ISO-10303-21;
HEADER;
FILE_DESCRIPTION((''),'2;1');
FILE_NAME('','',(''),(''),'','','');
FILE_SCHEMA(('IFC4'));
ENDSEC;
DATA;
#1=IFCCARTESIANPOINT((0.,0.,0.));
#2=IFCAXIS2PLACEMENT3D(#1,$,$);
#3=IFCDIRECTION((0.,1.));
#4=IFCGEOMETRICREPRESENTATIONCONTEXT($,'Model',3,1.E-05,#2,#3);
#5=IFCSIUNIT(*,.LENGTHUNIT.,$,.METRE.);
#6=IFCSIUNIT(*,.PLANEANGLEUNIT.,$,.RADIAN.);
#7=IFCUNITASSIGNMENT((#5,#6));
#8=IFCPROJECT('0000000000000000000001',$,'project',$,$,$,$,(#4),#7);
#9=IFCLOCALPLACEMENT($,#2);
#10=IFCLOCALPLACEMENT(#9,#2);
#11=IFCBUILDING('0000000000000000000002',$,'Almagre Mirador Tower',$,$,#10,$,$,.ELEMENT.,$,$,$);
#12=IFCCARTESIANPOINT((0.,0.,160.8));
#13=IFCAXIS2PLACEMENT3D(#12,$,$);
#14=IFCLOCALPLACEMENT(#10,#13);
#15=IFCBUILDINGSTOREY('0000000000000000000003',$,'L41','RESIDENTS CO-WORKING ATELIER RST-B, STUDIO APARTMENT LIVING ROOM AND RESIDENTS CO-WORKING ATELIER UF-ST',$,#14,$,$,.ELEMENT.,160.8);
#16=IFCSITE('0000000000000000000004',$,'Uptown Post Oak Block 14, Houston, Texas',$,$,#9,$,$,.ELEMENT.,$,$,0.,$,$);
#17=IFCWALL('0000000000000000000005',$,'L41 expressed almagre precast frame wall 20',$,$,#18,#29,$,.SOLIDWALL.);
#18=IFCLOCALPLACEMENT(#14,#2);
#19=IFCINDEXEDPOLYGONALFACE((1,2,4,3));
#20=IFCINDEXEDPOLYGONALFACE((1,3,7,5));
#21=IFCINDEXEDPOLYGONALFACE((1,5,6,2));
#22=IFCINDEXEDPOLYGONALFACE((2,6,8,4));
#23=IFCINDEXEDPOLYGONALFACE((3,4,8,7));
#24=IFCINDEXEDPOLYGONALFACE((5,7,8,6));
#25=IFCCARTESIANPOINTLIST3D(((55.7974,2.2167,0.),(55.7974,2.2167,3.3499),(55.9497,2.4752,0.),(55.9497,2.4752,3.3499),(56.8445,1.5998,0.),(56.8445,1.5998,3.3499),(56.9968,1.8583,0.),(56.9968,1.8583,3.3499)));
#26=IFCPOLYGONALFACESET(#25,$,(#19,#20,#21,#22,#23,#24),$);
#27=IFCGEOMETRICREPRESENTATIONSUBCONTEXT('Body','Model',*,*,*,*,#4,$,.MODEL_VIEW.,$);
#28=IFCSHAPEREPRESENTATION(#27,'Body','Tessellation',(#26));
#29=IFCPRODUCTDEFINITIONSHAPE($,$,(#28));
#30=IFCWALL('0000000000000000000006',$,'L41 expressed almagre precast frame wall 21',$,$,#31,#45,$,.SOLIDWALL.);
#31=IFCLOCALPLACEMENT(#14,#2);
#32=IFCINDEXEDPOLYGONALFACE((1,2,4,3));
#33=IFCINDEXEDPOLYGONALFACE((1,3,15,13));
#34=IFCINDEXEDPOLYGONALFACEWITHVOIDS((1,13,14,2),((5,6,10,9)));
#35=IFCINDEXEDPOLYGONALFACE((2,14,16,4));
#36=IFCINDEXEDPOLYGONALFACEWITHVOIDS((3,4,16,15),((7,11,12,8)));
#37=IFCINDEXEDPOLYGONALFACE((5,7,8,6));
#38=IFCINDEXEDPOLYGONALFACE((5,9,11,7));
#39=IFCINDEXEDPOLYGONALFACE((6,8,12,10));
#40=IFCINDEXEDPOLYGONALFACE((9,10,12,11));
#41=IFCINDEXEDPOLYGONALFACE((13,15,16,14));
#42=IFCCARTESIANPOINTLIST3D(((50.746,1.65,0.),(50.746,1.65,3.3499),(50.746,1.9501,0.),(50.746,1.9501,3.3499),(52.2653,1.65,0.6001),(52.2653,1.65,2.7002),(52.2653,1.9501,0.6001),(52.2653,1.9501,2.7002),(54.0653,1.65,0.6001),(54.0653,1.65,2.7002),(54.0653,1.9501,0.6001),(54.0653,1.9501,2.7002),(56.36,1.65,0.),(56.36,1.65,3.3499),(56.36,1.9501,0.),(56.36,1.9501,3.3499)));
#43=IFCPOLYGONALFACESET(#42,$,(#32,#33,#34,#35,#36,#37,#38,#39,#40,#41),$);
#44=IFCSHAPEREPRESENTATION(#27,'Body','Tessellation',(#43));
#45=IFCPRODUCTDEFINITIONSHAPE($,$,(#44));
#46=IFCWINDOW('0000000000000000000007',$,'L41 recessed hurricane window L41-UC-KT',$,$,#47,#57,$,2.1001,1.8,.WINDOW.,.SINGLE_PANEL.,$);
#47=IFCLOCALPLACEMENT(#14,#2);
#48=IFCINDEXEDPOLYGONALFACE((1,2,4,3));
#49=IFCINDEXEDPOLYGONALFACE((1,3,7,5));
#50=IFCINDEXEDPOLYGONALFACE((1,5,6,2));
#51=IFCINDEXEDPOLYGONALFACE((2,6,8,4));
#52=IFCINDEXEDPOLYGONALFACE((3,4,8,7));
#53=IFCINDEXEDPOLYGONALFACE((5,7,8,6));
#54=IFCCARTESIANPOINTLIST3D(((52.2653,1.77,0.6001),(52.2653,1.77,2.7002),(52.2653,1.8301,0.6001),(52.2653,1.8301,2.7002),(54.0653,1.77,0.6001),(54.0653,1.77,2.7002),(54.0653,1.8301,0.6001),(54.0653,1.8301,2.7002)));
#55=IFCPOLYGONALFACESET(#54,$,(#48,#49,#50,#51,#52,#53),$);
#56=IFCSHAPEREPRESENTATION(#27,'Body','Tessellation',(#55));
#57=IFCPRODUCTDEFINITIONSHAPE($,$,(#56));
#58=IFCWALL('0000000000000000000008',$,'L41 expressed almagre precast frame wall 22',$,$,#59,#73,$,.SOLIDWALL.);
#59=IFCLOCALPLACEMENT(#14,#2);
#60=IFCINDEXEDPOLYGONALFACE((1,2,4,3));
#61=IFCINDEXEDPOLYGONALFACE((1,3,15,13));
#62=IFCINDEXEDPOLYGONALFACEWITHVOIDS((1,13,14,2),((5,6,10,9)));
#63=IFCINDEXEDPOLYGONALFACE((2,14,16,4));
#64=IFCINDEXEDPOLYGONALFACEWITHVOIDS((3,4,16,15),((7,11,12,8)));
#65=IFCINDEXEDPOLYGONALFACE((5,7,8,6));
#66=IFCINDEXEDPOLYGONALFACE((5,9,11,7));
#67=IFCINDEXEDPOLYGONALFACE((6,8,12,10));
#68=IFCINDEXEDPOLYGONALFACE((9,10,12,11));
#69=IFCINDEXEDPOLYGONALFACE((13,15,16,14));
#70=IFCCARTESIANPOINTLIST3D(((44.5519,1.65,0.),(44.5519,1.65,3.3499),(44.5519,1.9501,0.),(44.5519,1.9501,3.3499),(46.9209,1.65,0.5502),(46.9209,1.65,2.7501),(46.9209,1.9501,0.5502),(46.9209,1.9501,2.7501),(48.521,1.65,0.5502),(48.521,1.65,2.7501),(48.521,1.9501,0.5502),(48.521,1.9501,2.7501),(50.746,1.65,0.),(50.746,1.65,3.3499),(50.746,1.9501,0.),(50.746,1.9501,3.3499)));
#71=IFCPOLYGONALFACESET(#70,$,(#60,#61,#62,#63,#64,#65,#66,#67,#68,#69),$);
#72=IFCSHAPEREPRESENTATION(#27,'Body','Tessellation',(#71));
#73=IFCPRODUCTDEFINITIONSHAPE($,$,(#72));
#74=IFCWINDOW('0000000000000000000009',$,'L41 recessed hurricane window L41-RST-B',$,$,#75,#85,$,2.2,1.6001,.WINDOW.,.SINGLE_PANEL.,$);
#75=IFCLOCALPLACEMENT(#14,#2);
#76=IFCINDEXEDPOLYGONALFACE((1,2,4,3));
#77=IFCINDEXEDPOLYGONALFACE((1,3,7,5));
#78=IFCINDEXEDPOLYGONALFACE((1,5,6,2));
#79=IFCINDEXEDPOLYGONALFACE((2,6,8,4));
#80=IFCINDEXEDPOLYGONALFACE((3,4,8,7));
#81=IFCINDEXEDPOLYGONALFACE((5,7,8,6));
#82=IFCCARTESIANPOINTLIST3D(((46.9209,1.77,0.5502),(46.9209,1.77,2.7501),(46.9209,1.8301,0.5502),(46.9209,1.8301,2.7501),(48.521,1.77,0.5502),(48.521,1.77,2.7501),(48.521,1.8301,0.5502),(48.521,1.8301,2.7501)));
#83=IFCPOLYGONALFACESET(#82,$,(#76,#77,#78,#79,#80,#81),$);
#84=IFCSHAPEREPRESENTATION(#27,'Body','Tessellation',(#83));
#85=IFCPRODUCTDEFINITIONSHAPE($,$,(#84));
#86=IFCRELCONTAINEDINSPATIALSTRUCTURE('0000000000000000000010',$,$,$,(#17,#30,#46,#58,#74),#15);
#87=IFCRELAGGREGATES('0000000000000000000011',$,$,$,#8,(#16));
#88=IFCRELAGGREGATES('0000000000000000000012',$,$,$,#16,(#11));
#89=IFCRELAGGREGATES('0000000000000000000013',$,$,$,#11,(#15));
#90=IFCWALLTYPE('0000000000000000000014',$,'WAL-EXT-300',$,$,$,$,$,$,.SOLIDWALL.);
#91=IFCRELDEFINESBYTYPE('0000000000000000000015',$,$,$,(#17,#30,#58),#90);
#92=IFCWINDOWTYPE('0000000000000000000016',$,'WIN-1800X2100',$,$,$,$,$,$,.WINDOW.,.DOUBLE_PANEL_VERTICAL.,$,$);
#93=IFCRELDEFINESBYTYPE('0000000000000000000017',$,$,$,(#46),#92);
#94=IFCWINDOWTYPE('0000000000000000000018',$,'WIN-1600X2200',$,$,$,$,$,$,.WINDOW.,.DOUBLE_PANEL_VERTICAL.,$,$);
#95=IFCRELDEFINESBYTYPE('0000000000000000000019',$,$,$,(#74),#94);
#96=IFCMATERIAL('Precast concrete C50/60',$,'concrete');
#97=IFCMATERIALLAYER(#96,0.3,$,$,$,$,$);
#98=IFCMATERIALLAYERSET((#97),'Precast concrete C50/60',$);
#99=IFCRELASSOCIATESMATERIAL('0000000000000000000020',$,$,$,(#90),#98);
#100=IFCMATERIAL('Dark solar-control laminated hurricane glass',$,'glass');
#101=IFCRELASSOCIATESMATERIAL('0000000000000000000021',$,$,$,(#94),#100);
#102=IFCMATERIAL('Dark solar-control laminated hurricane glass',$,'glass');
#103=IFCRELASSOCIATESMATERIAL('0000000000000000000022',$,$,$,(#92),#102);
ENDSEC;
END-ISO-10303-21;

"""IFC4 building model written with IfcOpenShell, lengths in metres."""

from ifc_helpers import new_model, si_unit, direction, frame, frame_2d, origin, place, context, subcontext, project, spatial, rectangle, extrude, material, layer, layer_set, type_object, element, fill, save


model = new_model("IFC4")

# Units and contexts
model_context = context("Model", 3, precision=1e-05, world=origin(), true_north=direction((0.0, 1.0)))
body_context = subcontext(model_context, "Body", "Model", "MODEL_VIEW")
ifc_project = project(units=[si_unit("LENGTHUNIT", "METRE"), si_unit("PLANEANGLEUNIT", "RADIAN")], contexts=[model_context])

# Site, building, storey
site_placement = place(None, origin())
site = spatial("IfcSite", under=ifc_project, at=site_placement, Name="Uptown Post Oak Block 14, Houston, Texas", CompositionType="ELEMENT", RefElevation=0.0)
building_placement = place(site_placement, origin())
building = spatial("IfcBuilding", under=site, at=building_placement, Name="Almagre Mirador Tower", CompositionType="ELEMENT")
storey_placement = place(building_placement, frame((0.0, 0.0, 160.8)))
storey = spatial("IfcBuildingStorey", under=building, at=storey_placement, Name="L41", Description="RESIDENTS CO-WORKING ATELIER RST-B, STUDIO APARTMENT LIVING ROOM AND RESIDENTS CO-WORKING ATELIER UF-ST", CompositionType="ELEMENT", Elevation=160.8)

# Shared definitions
ifc_material_1 = material(Name="Precast concrete C50/60", Category="concrete")
ifc_layer_1 = layer(ifc_material_1, 0.3)
ifc_layer_set_1 = layer_set([ifc_layer_1], Name="Precast concrete C50/60")
wall_type = type_object("IfcWallType", Name="WAL-EXT-300", PredefinedType="SOLIDWALL", material=ifc_layer_set_1)
ifc_material_2 = material(Name="Dark solar-control laminated hurricane glass", Category="glass")
window_type_1 = type_object("IfcWindowType", Name="WIN-1600X2200", PartitioningType="DOUBLE_PANEL_VERTICAL", PredefinedType="WINDOW", material=ifc_material_2)

# Wall
wall_1_placement = place(storey_placement, frame((55.8735, 2.3459, 0.0), z_axis=(0.0, 0.0, 1.0), x_axis=(0.861578, -0.507626, 0.0)))
element("IfcWall", 1, at=wall_1_placement, inside=storey, type_object=wall_type, Name="L41 expressed almagre precast frame wall 20", PredefinedType="SOLIDWALL", context=body_context, shape_type="SweptSolid", body=[
    extrude(rectangle(XDim=1.2153, YDim=0.3, at=frame_2d((0.6077, 0.0))), origin(), (0.0, 0.0, 1.0), 3.3499),
])

# Walls, openings, windows
wall_2_placement = place(storey_placement, frame((56.3601, 1.8, 0.0), z_axis=(0.0, 0.0, 1.0), x_axis=(-1.0, 0.0, 0.0)))
wall_2 = element("IfcWall", 2, at=wall_2_placement, inside=storey, type_object=wall_type, Name="L41 expressed almagre precast frame wall 21", PredefinedType="SOLIDWALL", context=body_context, shape_type="SweptSolid", body=[
    extrude(rectangle(XDim=5.614, YDim=0.3, at=frame_2d((2.8071, 0.0))), origin(), (0.0, 0.0, 1.0), 3.3499),
])
opening_1_placement = place(wall_2_placement, frame((2.2949, 0.0, 0.6001)))
opening_1 = element("IfcOpeningElement", 3, at=opening_1_placement, cuts=wall_2, PredefinedType="OPENING", context=body_context, shape_type="SweptSolid", body=[
    extrude(rectangle(XDim=1.8, YDim=2.1001, at=frame_2d((0.8999, 1.05))), frame((0.0, 0.1599, 0.0), z_axis=(0.0, -1.0, 0.0), x_axis=(1.0, 0.0, 0.0)), (0.0, 0.0, 1.0), 0.32),
])
ifc_material_3 = material(Name="Dark solar-control laminated hurricane glass", Category="glass")
window_type_2 = type_object("IfcWindowType", Name="WIN-1800X2100", PartitioningType="DOUBLE_PANEL_VERTICAL", PredefinedType="WINDOW", material=ifc_material_3)
window_1_placement = place(opening_1_placement, origin())
window_1 = element("IfcWindow", 4, at=window_1_placement, inside=storey, type_object=window_type_2, Name="L41 recessed hurricane window L41-UC-KT", OverallHeight=2.1001, OverallWidth=1.8, PartitioningType="SINGLE_PANEL", PredefinedType="WINDOW", context=body_context, shape_type="SweptSolid", body=[
    extrude(rectangle(XDim=1.8, YDim=2.1001, at=frame_2d((0.8999, 1.05))), frame((0.0, 0.03, 0.0), z_axis=(0.0, -1.0, 0.0), x_axis=(1.0, 0.0, 0.0)), (0.0, 0.0, 1.0), 0.0601),
])
fill(opening_1, window_1)
wall_3_placement = place(storey_placement, frame((50.7461, 1.8, 0.0), z_axis=(0.0, 0.0, 1.0), x_axis=(-1.0, 0.0, 0.0)))
wall_3 = element("IfcWall", 5, at=wall_3_placement, inside=storey, type_object=wall_type, Name="L41 expressed almagre precast frame wall 22", PredefinedType="SOLIDWALL", context=body_context, shape_type="SweptSolid", body=[
    extrude(rectangle(XDim=6.1941, YDim=0.3, at=frame_2d((3.0972, 0.0))), origin(), (0.0, 0.0, 1.0), 3.3499),
])
opening_2_placement = place(wall_3_placement, frame((2.2251, 0.0, 0.55)))
opening_2 = element("IfcOpeningElement", 6, at=opening_2_placement, cuts=wall_3, PredefinedType="OPENING", context=body_context, shape_type="SweptSolid", body=[
    extrude(rectangle(XDim=1.6001, YDim=2.2, at=frame_2d((0.8, 1.1001))), frame((0.0, 0.1599, 0.0), z_axis=(0.0, -1.0, 0.0), x_axis=(1.0, 0.0, 0.0)), (0.0, 0.0, 1.0), 0.32),
])
window_2_placement = place(opening_2_placement, origin())
window_2 = element("IfcWindow", 7, at=window_2_placement, inside=storey, type_object=window_type_1, Name="L41 recessed hurricane window L41-RST-B", OverallHeight=2.2, OverallWidth=1.6001, PartitioningType="SINGLE_PANEL", PredefinedType="WINDOW", context=body_context, shape_type="SweptSolid", body=[
    extrude(rectangle(XDim=1.6001, YDim=2.2, at=frame_2d((0.8, 1.1001))), frame((0.0, 0.03, 0.0), z_axis=(0.0, -1.0, 0.0), x_axis=(1.0, 0.0, 0.0)), (0.0, 0.0, 1.0), 0.0601),
])
fill(opening_2, window_2)

save(model, "model.ifc")
